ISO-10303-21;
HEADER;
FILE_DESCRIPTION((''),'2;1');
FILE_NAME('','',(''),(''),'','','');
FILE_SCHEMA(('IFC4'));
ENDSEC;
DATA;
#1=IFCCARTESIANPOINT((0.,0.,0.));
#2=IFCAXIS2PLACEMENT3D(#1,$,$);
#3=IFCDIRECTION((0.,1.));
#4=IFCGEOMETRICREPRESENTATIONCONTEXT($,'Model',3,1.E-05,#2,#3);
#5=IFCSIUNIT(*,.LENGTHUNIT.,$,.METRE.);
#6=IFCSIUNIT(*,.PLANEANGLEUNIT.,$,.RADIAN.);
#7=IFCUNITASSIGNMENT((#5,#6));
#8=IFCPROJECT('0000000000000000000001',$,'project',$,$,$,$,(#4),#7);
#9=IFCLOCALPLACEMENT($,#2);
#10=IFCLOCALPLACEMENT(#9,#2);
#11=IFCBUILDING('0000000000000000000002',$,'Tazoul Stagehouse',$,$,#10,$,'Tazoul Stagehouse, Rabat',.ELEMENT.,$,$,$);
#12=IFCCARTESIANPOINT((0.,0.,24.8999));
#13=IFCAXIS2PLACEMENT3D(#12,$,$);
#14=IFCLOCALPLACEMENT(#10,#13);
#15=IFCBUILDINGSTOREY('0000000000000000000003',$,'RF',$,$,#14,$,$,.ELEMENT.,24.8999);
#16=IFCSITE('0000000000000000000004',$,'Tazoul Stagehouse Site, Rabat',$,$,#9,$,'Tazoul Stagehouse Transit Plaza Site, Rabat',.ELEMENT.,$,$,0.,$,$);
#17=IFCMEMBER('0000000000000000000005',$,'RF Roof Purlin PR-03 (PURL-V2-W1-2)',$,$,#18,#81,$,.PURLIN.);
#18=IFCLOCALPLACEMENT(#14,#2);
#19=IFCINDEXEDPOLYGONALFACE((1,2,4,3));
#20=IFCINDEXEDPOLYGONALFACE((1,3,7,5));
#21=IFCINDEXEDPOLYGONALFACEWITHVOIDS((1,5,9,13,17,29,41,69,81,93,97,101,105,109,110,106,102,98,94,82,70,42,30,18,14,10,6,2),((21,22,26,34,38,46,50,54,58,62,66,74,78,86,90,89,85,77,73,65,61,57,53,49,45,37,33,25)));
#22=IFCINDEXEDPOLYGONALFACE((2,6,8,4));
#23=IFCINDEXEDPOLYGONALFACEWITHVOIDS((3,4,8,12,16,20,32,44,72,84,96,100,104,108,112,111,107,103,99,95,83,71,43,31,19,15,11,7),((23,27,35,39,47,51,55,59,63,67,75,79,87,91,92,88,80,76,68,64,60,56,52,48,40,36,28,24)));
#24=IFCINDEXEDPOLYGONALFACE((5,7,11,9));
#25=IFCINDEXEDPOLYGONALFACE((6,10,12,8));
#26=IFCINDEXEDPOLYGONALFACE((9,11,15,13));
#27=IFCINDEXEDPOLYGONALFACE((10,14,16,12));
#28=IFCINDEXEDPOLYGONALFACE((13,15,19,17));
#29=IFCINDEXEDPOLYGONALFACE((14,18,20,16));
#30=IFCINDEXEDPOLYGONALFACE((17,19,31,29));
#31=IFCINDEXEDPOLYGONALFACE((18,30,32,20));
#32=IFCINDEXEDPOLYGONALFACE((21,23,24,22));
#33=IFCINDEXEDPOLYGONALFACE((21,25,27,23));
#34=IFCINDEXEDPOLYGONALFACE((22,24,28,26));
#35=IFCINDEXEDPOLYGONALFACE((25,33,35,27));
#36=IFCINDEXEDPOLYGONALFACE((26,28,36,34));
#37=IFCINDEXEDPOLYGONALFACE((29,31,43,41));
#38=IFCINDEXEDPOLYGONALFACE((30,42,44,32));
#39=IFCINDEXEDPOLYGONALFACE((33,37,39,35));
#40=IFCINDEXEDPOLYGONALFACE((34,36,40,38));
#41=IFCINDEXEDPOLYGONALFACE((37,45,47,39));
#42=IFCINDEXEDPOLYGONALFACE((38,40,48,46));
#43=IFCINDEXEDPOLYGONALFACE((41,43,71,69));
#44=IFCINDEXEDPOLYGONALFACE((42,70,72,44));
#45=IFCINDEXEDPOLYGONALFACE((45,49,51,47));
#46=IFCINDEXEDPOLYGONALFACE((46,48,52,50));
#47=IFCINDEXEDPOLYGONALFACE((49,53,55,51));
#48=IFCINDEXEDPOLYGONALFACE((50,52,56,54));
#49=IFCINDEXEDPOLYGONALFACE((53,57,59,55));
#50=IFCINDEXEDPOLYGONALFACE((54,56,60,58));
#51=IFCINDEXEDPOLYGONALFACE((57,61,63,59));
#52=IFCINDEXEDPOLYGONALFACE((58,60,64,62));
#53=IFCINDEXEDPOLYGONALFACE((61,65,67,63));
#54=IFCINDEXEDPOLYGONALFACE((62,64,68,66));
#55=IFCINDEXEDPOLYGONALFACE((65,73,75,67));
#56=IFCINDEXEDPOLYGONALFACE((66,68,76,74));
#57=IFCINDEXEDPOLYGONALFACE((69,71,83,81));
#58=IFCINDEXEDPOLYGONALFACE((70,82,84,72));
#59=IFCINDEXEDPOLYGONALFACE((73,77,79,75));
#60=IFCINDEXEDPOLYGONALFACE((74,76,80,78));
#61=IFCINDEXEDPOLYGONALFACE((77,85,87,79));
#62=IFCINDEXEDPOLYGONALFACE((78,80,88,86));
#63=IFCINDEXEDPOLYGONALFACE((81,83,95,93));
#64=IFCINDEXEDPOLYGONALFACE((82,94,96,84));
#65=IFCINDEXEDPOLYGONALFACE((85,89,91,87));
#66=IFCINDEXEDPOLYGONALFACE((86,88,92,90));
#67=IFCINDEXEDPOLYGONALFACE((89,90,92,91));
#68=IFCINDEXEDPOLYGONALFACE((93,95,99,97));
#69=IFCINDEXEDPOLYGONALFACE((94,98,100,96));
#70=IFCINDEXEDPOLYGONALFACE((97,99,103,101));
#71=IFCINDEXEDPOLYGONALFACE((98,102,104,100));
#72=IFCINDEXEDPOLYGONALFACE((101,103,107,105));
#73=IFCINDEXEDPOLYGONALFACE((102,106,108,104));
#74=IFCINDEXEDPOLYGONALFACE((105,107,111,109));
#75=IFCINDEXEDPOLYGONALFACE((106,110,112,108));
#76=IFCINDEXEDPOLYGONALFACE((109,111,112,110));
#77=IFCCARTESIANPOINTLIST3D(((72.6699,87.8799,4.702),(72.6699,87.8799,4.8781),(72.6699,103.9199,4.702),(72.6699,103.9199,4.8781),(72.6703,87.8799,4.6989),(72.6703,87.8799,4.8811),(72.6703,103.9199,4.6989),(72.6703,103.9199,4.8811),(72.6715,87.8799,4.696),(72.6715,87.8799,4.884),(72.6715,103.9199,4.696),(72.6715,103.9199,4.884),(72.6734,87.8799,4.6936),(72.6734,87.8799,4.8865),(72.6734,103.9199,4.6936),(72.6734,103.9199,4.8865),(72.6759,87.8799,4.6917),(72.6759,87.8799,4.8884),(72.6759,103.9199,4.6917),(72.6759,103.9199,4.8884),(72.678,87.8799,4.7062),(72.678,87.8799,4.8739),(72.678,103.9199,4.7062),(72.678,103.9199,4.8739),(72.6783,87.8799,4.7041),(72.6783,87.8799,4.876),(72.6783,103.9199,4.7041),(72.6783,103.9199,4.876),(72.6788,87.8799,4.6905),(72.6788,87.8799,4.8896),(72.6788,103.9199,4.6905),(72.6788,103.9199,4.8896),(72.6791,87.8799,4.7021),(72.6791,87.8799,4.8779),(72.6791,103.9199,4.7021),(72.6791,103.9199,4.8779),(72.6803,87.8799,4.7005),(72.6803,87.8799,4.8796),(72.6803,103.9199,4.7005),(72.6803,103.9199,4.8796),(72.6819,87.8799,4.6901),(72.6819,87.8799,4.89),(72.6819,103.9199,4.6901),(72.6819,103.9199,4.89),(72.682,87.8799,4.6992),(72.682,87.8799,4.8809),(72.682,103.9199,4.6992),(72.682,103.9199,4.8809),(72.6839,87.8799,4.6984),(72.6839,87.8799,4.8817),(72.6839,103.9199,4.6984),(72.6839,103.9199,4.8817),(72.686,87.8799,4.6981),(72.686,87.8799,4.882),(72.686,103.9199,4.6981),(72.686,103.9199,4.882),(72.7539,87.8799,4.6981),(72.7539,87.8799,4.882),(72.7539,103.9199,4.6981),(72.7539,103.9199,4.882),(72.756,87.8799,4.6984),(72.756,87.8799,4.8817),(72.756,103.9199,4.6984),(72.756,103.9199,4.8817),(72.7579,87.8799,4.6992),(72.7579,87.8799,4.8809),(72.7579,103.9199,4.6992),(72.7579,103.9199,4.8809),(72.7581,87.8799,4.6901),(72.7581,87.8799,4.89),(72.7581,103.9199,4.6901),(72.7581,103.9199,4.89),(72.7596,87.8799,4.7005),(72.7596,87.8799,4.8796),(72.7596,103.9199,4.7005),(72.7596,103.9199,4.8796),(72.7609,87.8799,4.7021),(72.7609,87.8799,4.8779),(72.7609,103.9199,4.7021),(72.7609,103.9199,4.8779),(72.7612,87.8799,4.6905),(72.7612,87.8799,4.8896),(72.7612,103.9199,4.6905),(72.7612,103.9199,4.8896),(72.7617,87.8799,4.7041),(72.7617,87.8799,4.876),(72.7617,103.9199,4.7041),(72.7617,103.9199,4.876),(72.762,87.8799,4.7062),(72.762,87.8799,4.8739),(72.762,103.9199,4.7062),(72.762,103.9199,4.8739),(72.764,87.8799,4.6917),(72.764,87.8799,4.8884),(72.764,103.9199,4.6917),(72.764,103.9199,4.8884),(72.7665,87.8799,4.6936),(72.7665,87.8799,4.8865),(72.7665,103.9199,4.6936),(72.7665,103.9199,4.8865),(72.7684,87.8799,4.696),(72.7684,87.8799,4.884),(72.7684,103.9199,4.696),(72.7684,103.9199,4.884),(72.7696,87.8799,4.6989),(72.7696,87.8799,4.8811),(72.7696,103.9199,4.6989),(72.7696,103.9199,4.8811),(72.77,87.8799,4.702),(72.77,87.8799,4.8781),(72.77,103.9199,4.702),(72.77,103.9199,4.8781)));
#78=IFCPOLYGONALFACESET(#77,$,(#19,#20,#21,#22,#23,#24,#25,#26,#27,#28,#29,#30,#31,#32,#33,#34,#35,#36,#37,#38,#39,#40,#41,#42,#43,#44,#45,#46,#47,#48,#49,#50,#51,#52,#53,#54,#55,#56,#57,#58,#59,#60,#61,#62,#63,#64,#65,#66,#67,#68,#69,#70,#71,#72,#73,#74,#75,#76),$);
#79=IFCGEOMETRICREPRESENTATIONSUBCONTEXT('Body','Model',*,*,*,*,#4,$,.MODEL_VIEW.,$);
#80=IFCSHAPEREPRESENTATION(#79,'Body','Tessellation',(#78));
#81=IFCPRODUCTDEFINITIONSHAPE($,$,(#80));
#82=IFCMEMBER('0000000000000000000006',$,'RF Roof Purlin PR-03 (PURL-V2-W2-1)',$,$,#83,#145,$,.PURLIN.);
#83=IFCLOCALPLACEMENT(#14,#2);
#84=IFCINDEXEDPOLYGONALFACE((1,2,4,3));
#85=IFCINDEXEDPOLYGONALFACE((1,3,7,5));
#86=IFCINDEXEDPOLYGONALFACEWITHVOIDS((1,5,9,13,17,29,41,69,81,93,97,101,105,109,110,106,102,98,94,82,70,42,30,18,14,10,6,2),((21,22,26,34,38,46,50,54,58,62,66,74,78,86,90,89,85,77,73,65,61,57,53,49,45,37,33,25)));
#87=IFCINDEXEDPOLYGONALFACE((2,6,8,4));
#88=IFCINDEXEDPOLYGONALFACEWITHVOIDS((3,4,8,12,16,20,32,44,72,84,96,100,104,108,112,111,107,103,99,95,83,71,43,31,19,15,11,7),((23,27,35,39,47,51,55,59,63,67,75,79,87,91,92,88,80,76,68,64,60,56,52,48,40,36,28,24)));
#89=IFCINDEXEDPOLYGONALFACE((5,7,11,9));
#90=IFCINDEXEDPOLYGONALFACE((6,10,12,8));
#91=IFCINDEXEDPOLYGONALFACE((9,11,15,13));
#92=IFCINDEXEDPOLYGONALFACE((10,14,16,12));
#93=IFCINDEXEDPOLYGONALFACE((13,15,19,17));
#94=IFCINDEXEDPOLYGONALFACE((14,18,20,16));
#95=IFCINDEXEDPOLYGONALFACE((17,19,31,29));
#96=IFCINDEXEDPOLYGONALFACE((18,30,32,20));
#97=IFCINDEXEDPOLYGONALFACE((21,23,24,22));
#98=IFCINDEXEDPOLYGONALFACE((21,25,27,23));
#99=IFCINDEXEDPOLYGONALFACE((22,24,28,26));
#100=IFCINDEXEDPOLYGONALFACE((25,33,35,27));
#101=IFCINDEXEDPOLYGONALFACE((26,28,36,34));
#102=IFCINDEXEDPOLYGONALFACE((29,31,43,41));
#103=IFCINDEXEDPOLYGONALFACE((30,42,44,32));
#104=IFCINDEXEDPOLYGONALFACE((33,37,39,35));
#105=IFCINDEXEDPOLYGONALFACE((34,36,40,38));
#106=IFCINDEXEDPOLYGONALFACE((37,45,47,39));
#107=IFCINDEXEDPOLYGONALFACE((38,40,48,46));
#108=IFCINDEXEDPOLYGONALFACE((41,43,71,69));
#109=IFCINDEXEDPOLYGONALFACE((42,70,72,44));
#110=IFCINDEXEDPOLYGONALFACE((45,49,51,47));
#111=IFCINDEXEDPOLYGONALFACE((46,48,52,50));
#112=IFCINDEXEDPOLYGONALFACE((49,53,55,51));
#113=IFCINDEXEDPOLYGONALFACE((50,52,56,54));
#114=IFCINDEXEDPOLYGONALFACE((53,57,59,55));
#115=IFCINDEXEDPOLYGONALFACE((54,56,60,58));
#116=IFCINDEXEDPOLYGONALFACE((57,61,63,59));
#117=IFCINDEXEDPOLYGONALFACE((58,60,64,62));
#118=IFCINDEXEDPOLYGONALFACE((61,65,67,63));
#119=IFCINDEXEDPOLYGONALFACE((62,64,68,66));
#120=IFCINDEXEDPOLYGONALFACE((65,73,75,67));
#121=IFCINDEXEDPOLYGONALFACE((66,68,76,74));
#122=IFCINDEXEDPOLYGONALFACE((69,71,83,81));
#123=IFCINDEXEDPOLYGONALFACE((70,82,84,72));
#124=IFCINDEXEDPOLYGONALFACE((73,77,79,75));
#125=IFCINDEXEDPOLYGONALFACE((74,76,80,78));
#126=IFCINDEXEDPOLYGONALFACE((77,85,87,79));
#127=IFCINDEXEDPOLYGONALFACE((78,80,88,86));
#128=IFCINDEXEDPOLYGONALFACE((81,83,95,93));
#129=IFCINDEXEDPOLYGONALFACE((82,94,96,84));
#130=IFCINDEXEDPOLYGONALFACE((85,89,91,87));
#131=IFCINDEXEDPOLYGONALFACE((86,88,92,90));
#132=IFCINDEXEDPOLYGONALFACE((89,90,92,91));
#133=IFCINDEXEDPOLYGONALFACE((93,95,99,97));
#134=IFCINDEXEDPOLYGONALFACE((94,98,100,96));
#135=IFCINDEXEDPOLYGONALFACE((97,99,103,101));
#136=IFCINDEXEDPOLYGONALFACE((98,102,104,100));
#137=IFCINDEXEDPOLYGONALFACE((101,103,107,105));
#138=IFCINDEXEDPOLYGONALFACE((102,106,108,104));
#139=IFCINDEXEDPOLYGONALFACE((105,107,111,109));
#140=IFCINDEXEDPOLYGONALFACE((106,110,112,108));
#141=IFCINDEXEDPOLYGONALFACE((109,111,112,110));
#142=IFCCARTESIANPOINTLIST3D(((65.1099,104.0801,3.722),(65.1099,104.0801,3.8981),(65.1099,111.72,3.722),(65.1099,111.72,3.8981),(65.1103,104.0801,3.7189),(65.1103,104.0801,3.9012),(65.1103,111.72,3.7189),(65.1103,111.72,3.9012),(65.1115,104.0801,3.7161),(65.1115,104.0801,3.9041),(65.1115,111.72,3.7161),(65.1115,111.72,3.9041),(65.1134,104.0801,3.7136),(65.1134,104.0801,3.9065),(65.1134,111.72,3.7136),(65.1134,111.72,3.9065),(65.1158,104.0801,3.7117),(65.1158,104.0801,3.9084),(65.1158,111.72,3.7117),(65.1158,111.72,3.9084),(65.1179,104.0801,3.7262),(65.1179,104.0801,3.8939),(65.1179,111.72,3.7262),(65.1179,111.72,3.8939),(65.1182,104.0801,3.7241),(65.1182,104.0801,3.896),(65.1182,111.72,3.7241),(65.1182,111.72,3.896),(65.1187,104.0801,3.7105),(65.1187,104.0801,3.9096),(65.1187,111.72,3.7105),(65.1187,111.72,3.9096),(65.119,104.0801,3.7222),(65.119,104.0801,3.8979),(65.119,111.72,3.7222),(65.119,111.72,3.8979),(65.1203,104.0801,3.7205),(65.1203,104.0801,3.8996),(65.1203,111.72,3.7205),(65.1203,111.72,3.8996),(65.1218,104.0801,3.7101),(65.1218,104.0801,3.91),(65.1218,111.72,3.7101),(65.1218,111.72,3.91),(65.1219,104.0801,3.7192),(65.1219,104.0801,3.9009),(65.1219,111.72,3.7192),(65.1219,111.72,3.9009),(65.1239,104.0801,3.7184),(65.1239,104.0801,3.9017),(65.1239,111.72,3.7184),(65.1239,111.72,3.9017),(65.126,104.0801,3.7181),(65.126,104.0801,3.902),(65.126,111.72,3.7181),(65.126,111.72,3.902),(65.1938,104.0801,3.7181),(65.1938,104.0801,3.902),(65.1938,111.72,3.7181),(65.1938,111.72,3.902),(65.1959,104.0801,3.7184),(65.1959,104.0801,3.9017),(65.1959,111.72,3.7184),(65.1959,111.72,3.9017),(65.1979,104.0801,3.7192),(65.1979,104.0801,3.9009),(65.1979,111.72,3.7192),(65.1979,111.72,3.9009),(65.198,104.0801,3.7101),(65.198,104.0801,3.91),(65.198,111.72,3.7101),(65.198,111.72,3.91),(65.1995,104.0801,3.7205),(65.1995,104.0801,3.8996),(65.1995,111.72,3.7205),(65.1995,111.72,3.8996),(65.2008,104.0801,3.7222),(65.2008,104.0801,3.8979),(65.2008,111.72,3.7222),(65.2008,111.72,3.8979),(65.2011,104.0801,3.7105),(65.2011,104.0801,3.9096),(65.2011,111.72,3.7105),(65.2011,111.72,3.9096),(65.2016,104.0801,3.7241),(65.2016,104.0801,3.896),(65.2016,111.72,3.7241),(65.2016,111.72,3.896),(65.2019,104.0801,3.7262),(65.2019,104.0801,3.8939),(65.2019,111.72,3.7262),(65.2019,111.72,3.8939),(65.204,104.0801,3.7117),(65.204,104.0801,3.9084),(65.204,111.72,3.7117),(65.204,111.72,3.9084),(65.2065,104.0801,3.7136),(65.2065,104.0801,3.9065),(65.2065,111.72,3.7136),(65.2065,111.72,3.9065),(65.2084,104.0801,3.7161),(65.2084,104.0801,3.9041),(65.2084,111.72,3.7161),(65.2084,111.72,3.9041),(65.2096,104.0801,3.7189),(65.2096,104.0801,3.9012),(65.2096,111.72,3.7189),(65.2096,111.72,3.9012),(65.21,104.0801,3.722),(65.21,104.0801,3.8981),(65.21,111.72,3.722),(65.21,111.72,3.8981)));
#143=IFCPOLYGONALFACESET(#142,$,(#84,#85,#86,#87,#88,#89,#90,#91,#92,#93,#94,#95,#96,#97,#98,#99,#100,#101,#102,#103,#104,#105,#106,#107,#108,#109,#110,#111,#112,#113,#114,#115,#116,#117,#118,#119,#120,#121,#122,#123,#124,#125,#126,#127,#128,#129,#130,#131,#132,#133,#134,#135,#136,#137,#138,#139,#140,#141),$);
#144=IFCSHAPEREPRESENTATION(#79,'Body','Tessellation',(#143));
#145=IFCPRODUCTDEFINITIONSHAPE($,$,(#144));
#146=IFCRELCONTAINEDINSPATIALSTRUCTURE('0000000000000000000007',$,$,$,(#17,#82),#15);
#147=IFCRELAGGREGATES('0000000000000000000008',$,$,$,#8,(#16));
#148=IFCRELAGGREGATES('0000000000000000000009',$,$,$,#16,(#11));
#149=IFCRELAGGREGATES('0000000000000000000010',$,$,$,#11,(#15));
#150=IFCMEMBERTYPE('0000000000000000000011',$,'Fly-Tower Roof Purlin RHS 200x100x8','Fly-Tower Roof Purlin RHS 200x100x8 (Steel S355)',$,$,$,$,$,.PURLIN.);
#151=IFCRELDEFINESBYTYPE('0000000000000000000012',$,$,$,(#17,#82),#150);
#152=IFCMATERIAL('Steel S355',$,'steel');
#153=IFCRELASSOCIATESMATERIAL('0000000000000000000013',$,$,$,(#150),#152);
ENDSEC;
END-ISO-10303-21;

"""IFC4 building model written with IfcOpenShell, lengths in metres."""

from ifc_helpers import new_model, si_unit, direction, frame, origin, origin_2d, place, context, subcontext, project, spatial, hollow_rectangle, extrude, material, material_profile, profile_set, type_object, element, save


model = new_model("IFC4")

# Units and contexts
model_context = context("Model", 3, precision=1e-05, world=origin(), true_north=direction((0.0, 1.0)))
body_context = subcontext(model_context, "Body", "Model", "MODEL_VIEW")
ifc_project = project(units=[si_unit("LENGTHUNIT", "METRE"), si_unit("PLANEANGLEUNIT", "RADIAN")], contexts=[model_context])

# Site, building, storey
site_placement = place(None, origin())
site = spatial("IfcSite", under=ifc_project, at=site_placement, Name="Tazoul Stagehouse Site, Rabat", LongName="Tazoul Stagehouse Transit Plaza Site, Rabat", CompositionType="ELEMENT", RefElevation=0.0)
building_placement = place(site_placement, origin())
building = spatial("IfcBuilding", under=site, at=building_placement, Name="Tazoul Stagehouse", LongName="Tazoul Stagehouse, Rabat", CompositionType="ELEMENT")
storey_placement = place(building_placement, frame((0.0, 0.0, 24.8999)))
storey = spatial("IfcBuildingStorey", under=building, at=storey_placement, Name="RF", CompositionType="ELEMENT", Elevation=24.8999)

# Shared definitions
ifc_material_1 = material(Name="Steel S355", Category="steel")

# Members
ifc_material_profile_1 = material_profile(ifc_material_1, hollow_rectangle(XDim=0.1001, YDim=0.2, WallThickness=0.0081, InnerFilletRadius=0.0081, OuterFilletRadius=0.012, at=origin_2d()), Name="RHS 200x100x8")
ifc_profile_set_1 = profile_set([ifc_material_profile_1], Name="Steel S355")
member_type_1 = type_object("IfcMemberType", Name="Fly-Tower Roof Purlin RHS 200x100x8", Description="Fly-Tower Roof Purlin RHS 200x100x8 (Steel S355)", PredefinedType="PURLIN", material=ifc_profile_set_1)
for number, where, z_axis, x_axis, name in (
    (1, (72.72, 87.8799, 4.79), (0.0, 1.0, 0.0), (-1.0, 0.0, 0.0), "RF Roof Purlin PR-03 (PURL-V2-W1-2)"),
):
    element("IfcMember", number, at=place(storey_placement, frame(where, z_axis=z_axis, x_axis=x_axis)), inside=storey, type_object=member_type_1, Name=name, PredefinedType="PURLIN", context=body_context, shape_type="SweptSolid", body=[
        extrude(hollow_rectangle(XDim=0.1001, YDim=0.2, WallThickness=0.0081, InnerFilletRadius=0.0081, OuterFilletRadius=0.012, at=origin_2d()), origin(), (0.0, 0.0, 1.0), 16.04),
    ])
for number, where, z_axis, x_axis, name in (
    (2, (65.1599, 104.0801, 3.8101), (0.0, 1.0, 0.0), (-1.0, 0.0, 0.0), "RF Roof Purlin PR-03 (PURL-V2-W2-1)"),
):
    element("IfcMember", number, at=place(storey_placement, frame(where, z_axis=z_axis, x_axis=x_axis)), inside=storey, type_object=member_type_1, Name=name, PredefinedType="PURLIN", context=body_context, shape_type="SweptSolid", body=[
        extrude(hollow_rectangle(XDim=0.1001, YDim=0.2, WallThickness=0.0081, InnerFilletRadius=0.0081, OuterFilletRadius=0.012, at=origin_2d()), origin(), (0.0, 0.0, 1.0), 7.6399),
    ])

save(model, "model.ifc")
